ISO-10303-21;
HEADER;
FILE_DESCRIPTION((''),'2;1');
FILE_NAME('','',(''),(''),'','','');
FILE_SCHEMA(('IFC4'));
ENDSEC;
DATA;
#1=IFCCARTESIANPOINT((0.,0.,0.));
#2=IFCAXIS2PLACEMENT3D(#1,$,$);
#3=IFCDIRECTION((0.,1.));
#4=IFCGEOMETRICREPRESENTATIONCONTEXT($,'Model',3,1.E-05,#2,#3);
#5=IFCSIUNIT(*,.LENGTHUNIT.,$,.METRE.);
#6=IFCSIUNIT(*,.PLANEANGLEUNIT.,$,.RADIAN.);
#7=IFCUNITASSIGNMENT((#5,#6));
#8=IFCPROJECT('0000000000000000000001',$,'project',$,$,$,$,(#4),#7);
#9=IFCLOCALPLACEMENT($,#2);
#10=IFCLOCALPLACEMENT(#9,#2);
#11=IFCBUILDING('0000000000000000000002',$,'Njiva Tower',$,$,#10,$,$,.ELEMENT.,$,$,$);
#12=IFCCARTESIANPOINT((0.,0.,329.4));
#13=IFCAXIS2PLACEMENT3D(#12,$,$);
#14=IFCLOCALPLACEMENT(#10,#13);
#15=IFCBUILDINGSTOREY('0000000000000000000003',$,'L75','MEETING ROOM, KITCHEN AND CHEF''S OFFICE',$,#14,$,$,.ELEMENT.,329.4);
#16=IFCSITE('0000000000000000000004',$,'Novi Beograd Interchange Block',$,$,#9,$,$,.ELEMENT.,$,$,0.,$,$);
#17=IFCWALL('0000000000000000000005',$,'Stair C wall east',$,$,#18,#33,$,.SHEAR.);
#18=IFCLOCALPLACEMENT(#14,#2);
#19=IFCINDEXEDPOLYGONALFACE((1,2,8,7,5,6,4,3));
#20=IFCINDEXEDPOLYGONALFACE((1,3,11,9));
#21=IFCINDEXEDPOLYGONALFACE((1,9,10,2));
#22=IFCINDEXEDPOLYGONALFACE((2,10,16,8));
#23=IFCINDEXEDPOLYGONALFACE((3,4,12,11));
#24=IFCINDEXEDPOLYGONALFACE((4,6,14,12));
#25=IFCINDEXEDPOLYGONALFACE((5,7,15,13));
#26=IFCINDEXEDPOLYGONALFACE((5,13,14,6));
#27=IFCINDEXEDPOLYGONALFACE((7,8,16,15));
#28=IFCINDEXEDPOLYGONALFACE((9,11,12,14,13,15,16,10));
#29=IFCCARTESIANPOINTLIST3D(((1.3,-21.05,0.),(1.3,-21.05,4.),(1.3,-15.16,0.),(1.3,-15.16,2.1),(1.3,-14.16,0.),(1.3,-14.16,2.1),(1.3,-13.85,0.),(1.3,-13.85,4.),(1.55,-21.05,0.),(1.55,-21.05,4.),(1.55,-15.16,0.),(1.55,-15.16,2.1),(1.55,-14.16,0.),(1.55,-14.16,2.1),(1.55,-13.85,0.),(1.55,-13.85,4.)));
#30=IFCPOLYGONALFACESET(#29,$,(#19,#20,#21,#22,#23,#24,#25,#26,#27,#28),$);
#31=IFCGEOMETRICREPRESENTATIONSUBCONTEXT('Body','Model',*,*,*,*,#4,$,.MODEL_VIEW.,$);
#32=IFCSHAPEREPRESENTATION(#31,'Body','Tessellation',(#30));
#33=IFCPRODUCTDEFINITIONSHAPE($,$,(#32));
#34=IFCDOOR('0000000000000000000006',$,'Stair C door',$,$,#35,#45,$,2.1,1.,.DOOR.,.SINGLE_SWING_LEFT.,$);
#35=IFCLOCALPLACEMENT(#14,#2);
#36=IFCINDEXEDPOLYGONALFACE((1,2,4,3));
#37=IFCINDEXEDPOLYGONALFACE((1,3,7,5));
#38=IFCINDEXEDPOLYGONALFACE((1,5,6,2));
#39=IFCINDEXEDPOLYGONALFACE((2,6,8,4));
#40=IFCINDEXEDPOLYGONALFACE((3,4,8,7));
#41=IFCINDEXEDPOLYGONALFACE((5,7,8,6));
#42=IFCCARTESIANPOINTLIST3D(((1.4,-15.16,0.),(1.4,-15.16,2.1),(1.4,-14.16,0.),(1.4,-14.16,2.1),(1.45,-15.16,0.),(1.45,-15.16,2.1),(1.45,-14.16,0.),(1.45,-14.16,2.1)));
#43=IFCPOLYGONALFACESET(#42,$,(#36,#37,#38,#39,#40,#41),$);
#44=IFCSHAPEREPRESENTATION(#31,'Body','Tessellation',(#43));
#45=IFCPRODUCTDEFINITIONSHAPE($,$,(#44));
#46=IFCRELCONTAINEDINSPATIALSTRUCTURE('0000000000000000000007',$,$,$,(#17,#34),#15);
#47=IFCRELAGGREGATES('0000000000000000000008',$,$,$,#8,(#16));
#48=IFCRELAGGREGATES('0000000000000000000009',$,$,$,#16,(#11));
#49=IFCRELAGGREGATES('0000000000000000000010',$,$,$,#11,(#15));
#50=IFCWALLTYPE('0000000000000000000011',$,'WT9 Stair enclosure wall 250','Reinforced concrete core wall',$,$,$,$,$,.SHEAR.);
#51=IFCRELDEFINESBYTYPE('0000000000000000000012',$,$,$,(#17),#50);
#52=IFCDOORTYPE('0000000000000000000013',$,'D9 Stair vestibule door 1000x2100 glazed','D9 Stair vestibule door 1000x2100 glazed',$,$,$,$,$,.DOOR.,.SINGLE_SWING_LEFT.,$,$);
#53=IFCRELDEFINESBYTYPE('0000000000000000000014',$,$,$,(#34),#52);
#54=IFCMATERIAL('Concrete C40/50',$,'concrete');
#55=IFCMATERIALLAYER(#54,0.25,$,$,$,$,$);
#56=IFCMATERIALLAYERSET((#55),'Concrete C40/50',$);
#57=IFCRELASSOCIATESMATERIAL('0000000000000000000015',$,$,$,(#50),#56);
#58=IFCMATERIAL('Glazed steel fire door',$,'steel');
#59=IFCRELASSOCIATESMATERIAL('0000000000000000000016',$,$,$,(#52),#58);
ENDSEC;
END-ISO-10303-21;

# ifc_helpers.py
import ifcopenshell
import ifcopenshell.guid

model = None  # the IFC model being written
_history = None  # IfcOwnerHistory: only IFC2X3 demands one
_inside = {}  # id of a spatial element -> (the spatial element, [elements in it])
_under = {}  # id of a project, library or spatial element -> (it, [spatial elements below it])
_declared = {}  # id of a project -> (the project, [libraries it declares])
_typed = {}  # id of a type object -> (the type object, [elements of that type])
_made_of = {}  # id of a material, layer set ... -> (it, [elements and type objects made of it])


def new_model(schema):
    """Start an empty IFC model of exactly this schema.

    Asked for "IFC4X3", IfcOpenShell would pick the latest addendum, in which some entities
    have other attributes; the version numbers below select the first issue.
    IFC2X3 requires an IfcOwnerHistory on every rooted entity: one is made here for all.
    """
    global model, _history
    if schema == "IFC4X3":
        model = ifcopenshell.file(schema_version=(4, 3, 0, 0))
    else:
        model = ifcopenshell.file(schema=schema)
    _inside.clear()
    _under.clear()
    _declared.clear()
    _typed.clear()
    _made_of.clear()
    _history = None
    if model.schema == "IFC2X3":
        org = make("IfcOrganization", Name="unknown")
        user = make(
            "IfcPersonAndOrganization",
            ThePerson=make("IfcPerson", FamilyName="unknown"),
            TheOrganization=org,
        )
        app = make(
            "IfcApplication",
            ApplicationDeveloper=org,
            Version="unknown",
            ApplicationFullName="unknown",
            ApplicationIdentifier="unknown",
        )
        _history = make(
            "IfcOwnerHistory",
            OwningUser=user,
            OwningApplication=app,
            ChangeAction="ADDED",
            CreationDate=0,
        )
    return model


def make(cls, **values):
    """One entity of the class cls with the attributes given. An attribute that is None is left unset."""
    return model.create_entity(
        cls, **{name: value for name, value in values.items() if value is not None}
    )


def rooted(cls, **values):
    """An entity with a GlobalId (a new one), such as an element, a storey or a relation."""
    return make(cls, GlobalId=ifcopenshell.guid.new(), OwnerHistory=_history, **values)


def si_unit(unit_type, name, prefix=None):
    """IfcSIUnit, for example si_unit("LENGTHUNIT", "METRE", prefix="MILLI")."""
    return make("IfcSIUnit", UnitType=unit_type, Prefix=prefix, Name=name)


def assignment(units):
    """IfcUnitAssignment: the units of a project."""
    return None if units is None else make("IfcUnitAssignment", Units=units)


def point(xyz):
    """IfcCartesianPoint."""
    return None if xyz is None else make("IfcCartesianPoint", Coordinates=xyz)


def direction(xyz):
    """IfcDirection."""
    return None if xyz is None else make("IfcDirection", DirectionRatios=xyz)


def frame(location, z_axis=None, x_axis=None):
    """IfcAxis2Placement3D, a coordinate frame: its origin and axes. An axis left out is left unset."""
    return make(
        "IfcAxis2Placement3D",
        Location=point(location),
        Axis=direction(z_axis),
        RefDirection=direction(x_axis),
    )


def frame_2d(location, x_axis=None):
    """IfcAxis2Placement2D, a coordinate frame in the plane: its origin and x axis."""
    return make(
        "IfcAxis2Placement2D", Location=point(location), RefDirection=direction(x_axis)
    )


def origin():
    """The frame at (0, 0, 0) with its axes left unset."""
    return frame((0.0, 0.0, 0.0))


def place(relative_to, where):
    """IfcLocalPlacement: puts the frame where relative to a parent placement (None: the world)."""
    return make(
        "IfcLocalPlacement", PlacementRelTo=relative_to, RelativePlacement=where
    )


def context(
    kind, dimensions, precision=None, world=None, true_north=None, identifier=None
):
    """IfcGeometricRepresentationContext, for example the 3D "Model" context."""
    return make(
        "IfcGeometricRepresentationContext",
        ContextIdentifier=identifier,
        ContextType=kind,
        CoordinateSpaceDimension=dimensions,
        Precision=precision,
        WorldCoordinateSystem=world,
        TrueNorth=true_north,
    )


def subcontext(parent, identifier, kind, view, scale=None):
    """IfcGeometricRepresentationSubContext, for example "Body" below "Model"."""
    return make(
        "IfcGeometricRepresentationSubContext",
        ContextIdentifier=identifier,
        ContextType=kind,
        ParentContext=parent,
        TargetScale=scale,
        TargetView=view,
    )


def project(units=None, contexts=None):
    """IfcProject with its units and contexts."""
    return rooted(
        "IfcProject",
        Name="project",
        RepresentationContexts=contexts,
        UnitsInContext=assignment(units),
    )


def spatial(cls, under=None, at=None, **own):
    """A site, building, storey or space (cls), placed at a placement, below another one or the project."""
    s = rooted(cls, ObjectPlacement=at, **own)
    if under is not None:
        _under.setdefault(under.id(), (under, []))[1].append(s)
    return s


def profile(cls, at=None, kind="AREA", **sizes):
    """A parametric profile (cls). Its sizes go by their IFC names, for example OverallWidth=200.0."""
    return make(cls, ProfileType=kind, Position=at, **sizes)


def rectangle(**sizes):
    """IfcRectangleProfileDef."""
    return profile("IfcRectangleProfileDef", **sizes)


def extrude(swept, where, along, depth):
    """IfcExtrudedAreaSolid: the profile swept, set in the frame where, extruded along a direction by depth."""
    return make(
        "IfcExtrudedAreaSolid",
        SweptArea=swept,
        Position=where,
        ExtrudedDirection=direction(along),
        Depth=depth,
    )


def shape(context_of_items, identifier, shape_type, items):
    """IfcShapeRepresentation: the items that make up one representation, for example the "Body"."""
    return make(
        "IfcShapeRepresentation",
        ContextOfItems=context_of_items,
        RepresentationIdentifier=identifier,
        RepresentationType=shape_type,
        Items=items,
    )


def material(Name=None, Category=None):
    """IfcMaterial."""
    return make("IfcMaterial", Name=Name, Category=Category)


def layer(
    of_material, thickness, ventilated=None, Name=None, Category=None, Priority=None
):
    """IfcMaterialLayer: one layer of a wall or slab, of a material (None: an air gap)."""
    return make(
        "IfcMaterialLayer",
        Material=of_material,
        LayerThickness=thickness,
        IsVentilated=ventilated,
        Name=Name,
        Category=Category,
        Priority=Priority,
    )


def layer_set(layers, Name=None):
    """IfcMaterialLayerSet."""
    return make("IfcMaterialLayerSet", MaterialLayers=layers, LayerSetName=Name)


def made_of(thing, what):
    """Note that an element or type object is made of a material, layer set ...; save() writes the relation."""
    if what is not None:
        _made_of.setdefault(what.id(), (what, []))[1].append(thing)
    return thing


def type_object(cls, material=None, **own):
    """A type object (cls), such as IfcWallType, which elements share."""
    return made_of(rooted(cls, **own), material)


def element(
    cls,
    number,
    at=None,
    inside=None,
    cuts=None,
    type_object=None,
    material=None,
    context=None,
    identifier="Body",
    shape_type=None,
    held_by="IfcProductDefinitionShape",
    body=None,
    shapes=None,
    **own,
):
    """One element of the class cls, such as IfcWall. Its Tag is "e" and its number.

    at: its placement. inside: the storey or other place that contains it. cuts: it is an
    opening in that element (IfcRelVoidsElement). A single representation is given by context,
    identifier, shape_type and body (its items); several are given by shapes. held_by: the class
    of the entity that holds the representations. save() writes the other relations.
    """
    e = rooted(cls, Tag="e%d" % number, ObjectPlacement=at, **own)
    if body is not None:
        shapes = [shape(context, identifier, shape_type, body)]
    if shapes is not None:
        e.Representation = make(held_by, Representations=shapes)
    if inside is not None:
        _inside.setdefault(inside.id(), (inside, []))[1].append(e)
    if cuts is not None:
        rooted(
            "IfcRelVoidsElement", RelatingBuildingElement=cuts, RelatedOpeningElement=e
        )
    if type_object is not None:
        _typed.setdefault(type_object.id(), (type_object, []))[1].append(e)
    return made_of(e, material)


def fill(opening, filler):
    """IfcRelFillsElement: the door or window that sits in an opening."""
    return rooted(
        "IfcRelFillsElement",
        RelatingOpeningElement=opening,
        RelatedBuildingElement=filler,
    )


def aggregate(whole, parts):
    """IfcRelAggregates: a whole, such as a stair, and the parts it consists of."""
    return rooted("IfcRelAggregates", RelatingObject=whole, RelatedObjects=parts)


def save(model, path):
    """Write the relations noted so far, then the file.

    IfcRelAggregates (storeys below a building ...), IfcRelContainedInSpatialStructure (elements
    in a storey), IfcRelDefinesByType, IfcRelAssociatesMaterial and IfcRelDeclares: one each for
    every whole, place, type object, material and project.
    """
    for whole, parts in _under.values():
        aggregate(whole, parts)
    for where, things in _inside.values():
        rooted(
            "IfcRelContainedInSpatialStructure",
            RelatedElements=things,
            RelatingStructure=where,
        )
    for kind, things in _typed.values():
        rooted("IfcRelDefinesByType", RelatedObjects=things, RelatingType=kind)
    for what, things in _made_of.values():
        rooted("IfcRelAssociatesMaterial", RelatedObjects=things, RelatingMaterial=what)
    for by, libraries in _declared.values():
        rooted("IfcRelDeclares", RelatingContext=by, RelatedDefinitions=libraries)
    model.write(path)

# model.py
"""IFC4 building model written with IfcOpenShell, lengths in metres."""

from ifc_helpers import new_model, si_unit, direction, frame, frame_2d, origin, place, context, subcontext, project, spatial, rectangle, extrude, material, layer, layer_set, type_object, element, fill, save


model = new_model("IFC4")

# Units and contexts
model_context = context("Model", 3, precision=1e-05, world=origin(), true_north=direction((0.0, 1.0)))
body_context = subcontext(model_context, "Body", "Model", "MODEL_VIEW")
ifc_project = project(units=[si_unit("LENGTHUNIT", "METRE"), si_unit("PLANEANGLEUNIT", "RADIAN")], contexts=[model_context])

# Site, building, storey
site_placement = place(None, origin())
site = spatial("IfcSite", under=ifc_project, at=site_placement, Name="Novi Beograd Interchange Block", CompositionType="ELEMENT", RefElevation=0.0)
building_placement = place(site_placement, origin())
building = spatial("IfcBuilding", under=site, at=building_placement, Name="Njiva Tower", CompositionType="ELEMENT")
storey_placement = place(building_placement, frame((0.0, 0.0, 329.4)))
storey = spatial("IfcBuildingStorey", under=building, at=storey_placement, Name="L75", Description="MEETING ROOM, KITCHEN AND CHEF'S OFFICE", CompositionType="ELEMENT", Elevation=329.4)

# Wall, opening, door
ifc_material_1 = material(Name="Concrete C40/50", Category="concrete")
ifc_layer_1 = layer(ifc_material_1, 0.25)
ifc_layer_set_1 = layer_set([ifc_layer_1], Name="Concrete C40/50")
wall_type_1 = type_object("IfcWallType", Name="WT9 Stair enclosure wall 250", Description="Reinforced concrete core wall", PredefinedType="SHEAR", material=ifc_layer_set_1)
wall_1_placement = place(storey_placement, frame((1.425, -21.05, 0.0), z_axis=(0.0, 0.0, 1.0), x_axis=(0.0, 1.0, 0.0)))
wall_1 = element("IfcWall", 1, at=wall_1_placement, inside=storey, type_object=wall_type_1, Name="Stair C wall east", PredefinedType="SHEAR", context=body_context, shape_type="SweptSolid", body=[
    extrude(rectangle(XDim=7.2, YDim=0.25, at=frame_2d((3.6, 0.0))), origin(), (0.0, 0.0, 1.0), 4.0),
])
opening_1_placement = place(wall_1_placement, frame((5.89, 0.0, 0.0)))
opening_1 = element("IfcOpeningElement", 2, at=opening_1_placement, cuts=wall_1, PredefinedType="OPENING", context=body_context, shape_type="SweptSolid", body=[
    extrude(rectangle(XDim=1.0, YDim=2.1, at=frame_2d((0.5, 1.05))), frame((0.0, 0.135, 0.0), z_axis=(0.0, -1.0, 0.0), x_axis=(1.0, 0.0, 0.0)), (0.0, 0.0, 1.0), 0.27),
])
ifc_material_2 = material(Name="Glazed steel fire door", Category="steel")
door_type = type_object("IfcDoorType", Name="D9 Stair vestibule door 1000x2100 glazed", Description="D9 Stair vestibule door 1000x2100 glazed", OperationType="SINGLE_SWING_LEFT", PredefinedType="DOOR", material=ifc_material_2)
door_placement = place(opening_1_placement, origin())
door = element("IfcDoor", 3, at=door_placement, inside=storey, type_object=door_type, Name="Stair C door", OperationType="SINGLE_SWING_LEFT", OverallHeight=2.1, OverallWidth=1.0, PredefinedType="DOOR", context=body_context, shape_type="SweptSolid", body=[
    extrude(rectangle(XDim=1.0, YDim=2.1, at=frame_2d((0.5, 1.05))), frame((0.0, 0.025, 0.0), z_axis=(0.0, -1.0, 0.0), x_axis=(1.0, 0.0, 0.0)), (0.0, 0.0, 1.0), 0.05),
])
fill(opening_1, door)

save(model, "model.ifc")
